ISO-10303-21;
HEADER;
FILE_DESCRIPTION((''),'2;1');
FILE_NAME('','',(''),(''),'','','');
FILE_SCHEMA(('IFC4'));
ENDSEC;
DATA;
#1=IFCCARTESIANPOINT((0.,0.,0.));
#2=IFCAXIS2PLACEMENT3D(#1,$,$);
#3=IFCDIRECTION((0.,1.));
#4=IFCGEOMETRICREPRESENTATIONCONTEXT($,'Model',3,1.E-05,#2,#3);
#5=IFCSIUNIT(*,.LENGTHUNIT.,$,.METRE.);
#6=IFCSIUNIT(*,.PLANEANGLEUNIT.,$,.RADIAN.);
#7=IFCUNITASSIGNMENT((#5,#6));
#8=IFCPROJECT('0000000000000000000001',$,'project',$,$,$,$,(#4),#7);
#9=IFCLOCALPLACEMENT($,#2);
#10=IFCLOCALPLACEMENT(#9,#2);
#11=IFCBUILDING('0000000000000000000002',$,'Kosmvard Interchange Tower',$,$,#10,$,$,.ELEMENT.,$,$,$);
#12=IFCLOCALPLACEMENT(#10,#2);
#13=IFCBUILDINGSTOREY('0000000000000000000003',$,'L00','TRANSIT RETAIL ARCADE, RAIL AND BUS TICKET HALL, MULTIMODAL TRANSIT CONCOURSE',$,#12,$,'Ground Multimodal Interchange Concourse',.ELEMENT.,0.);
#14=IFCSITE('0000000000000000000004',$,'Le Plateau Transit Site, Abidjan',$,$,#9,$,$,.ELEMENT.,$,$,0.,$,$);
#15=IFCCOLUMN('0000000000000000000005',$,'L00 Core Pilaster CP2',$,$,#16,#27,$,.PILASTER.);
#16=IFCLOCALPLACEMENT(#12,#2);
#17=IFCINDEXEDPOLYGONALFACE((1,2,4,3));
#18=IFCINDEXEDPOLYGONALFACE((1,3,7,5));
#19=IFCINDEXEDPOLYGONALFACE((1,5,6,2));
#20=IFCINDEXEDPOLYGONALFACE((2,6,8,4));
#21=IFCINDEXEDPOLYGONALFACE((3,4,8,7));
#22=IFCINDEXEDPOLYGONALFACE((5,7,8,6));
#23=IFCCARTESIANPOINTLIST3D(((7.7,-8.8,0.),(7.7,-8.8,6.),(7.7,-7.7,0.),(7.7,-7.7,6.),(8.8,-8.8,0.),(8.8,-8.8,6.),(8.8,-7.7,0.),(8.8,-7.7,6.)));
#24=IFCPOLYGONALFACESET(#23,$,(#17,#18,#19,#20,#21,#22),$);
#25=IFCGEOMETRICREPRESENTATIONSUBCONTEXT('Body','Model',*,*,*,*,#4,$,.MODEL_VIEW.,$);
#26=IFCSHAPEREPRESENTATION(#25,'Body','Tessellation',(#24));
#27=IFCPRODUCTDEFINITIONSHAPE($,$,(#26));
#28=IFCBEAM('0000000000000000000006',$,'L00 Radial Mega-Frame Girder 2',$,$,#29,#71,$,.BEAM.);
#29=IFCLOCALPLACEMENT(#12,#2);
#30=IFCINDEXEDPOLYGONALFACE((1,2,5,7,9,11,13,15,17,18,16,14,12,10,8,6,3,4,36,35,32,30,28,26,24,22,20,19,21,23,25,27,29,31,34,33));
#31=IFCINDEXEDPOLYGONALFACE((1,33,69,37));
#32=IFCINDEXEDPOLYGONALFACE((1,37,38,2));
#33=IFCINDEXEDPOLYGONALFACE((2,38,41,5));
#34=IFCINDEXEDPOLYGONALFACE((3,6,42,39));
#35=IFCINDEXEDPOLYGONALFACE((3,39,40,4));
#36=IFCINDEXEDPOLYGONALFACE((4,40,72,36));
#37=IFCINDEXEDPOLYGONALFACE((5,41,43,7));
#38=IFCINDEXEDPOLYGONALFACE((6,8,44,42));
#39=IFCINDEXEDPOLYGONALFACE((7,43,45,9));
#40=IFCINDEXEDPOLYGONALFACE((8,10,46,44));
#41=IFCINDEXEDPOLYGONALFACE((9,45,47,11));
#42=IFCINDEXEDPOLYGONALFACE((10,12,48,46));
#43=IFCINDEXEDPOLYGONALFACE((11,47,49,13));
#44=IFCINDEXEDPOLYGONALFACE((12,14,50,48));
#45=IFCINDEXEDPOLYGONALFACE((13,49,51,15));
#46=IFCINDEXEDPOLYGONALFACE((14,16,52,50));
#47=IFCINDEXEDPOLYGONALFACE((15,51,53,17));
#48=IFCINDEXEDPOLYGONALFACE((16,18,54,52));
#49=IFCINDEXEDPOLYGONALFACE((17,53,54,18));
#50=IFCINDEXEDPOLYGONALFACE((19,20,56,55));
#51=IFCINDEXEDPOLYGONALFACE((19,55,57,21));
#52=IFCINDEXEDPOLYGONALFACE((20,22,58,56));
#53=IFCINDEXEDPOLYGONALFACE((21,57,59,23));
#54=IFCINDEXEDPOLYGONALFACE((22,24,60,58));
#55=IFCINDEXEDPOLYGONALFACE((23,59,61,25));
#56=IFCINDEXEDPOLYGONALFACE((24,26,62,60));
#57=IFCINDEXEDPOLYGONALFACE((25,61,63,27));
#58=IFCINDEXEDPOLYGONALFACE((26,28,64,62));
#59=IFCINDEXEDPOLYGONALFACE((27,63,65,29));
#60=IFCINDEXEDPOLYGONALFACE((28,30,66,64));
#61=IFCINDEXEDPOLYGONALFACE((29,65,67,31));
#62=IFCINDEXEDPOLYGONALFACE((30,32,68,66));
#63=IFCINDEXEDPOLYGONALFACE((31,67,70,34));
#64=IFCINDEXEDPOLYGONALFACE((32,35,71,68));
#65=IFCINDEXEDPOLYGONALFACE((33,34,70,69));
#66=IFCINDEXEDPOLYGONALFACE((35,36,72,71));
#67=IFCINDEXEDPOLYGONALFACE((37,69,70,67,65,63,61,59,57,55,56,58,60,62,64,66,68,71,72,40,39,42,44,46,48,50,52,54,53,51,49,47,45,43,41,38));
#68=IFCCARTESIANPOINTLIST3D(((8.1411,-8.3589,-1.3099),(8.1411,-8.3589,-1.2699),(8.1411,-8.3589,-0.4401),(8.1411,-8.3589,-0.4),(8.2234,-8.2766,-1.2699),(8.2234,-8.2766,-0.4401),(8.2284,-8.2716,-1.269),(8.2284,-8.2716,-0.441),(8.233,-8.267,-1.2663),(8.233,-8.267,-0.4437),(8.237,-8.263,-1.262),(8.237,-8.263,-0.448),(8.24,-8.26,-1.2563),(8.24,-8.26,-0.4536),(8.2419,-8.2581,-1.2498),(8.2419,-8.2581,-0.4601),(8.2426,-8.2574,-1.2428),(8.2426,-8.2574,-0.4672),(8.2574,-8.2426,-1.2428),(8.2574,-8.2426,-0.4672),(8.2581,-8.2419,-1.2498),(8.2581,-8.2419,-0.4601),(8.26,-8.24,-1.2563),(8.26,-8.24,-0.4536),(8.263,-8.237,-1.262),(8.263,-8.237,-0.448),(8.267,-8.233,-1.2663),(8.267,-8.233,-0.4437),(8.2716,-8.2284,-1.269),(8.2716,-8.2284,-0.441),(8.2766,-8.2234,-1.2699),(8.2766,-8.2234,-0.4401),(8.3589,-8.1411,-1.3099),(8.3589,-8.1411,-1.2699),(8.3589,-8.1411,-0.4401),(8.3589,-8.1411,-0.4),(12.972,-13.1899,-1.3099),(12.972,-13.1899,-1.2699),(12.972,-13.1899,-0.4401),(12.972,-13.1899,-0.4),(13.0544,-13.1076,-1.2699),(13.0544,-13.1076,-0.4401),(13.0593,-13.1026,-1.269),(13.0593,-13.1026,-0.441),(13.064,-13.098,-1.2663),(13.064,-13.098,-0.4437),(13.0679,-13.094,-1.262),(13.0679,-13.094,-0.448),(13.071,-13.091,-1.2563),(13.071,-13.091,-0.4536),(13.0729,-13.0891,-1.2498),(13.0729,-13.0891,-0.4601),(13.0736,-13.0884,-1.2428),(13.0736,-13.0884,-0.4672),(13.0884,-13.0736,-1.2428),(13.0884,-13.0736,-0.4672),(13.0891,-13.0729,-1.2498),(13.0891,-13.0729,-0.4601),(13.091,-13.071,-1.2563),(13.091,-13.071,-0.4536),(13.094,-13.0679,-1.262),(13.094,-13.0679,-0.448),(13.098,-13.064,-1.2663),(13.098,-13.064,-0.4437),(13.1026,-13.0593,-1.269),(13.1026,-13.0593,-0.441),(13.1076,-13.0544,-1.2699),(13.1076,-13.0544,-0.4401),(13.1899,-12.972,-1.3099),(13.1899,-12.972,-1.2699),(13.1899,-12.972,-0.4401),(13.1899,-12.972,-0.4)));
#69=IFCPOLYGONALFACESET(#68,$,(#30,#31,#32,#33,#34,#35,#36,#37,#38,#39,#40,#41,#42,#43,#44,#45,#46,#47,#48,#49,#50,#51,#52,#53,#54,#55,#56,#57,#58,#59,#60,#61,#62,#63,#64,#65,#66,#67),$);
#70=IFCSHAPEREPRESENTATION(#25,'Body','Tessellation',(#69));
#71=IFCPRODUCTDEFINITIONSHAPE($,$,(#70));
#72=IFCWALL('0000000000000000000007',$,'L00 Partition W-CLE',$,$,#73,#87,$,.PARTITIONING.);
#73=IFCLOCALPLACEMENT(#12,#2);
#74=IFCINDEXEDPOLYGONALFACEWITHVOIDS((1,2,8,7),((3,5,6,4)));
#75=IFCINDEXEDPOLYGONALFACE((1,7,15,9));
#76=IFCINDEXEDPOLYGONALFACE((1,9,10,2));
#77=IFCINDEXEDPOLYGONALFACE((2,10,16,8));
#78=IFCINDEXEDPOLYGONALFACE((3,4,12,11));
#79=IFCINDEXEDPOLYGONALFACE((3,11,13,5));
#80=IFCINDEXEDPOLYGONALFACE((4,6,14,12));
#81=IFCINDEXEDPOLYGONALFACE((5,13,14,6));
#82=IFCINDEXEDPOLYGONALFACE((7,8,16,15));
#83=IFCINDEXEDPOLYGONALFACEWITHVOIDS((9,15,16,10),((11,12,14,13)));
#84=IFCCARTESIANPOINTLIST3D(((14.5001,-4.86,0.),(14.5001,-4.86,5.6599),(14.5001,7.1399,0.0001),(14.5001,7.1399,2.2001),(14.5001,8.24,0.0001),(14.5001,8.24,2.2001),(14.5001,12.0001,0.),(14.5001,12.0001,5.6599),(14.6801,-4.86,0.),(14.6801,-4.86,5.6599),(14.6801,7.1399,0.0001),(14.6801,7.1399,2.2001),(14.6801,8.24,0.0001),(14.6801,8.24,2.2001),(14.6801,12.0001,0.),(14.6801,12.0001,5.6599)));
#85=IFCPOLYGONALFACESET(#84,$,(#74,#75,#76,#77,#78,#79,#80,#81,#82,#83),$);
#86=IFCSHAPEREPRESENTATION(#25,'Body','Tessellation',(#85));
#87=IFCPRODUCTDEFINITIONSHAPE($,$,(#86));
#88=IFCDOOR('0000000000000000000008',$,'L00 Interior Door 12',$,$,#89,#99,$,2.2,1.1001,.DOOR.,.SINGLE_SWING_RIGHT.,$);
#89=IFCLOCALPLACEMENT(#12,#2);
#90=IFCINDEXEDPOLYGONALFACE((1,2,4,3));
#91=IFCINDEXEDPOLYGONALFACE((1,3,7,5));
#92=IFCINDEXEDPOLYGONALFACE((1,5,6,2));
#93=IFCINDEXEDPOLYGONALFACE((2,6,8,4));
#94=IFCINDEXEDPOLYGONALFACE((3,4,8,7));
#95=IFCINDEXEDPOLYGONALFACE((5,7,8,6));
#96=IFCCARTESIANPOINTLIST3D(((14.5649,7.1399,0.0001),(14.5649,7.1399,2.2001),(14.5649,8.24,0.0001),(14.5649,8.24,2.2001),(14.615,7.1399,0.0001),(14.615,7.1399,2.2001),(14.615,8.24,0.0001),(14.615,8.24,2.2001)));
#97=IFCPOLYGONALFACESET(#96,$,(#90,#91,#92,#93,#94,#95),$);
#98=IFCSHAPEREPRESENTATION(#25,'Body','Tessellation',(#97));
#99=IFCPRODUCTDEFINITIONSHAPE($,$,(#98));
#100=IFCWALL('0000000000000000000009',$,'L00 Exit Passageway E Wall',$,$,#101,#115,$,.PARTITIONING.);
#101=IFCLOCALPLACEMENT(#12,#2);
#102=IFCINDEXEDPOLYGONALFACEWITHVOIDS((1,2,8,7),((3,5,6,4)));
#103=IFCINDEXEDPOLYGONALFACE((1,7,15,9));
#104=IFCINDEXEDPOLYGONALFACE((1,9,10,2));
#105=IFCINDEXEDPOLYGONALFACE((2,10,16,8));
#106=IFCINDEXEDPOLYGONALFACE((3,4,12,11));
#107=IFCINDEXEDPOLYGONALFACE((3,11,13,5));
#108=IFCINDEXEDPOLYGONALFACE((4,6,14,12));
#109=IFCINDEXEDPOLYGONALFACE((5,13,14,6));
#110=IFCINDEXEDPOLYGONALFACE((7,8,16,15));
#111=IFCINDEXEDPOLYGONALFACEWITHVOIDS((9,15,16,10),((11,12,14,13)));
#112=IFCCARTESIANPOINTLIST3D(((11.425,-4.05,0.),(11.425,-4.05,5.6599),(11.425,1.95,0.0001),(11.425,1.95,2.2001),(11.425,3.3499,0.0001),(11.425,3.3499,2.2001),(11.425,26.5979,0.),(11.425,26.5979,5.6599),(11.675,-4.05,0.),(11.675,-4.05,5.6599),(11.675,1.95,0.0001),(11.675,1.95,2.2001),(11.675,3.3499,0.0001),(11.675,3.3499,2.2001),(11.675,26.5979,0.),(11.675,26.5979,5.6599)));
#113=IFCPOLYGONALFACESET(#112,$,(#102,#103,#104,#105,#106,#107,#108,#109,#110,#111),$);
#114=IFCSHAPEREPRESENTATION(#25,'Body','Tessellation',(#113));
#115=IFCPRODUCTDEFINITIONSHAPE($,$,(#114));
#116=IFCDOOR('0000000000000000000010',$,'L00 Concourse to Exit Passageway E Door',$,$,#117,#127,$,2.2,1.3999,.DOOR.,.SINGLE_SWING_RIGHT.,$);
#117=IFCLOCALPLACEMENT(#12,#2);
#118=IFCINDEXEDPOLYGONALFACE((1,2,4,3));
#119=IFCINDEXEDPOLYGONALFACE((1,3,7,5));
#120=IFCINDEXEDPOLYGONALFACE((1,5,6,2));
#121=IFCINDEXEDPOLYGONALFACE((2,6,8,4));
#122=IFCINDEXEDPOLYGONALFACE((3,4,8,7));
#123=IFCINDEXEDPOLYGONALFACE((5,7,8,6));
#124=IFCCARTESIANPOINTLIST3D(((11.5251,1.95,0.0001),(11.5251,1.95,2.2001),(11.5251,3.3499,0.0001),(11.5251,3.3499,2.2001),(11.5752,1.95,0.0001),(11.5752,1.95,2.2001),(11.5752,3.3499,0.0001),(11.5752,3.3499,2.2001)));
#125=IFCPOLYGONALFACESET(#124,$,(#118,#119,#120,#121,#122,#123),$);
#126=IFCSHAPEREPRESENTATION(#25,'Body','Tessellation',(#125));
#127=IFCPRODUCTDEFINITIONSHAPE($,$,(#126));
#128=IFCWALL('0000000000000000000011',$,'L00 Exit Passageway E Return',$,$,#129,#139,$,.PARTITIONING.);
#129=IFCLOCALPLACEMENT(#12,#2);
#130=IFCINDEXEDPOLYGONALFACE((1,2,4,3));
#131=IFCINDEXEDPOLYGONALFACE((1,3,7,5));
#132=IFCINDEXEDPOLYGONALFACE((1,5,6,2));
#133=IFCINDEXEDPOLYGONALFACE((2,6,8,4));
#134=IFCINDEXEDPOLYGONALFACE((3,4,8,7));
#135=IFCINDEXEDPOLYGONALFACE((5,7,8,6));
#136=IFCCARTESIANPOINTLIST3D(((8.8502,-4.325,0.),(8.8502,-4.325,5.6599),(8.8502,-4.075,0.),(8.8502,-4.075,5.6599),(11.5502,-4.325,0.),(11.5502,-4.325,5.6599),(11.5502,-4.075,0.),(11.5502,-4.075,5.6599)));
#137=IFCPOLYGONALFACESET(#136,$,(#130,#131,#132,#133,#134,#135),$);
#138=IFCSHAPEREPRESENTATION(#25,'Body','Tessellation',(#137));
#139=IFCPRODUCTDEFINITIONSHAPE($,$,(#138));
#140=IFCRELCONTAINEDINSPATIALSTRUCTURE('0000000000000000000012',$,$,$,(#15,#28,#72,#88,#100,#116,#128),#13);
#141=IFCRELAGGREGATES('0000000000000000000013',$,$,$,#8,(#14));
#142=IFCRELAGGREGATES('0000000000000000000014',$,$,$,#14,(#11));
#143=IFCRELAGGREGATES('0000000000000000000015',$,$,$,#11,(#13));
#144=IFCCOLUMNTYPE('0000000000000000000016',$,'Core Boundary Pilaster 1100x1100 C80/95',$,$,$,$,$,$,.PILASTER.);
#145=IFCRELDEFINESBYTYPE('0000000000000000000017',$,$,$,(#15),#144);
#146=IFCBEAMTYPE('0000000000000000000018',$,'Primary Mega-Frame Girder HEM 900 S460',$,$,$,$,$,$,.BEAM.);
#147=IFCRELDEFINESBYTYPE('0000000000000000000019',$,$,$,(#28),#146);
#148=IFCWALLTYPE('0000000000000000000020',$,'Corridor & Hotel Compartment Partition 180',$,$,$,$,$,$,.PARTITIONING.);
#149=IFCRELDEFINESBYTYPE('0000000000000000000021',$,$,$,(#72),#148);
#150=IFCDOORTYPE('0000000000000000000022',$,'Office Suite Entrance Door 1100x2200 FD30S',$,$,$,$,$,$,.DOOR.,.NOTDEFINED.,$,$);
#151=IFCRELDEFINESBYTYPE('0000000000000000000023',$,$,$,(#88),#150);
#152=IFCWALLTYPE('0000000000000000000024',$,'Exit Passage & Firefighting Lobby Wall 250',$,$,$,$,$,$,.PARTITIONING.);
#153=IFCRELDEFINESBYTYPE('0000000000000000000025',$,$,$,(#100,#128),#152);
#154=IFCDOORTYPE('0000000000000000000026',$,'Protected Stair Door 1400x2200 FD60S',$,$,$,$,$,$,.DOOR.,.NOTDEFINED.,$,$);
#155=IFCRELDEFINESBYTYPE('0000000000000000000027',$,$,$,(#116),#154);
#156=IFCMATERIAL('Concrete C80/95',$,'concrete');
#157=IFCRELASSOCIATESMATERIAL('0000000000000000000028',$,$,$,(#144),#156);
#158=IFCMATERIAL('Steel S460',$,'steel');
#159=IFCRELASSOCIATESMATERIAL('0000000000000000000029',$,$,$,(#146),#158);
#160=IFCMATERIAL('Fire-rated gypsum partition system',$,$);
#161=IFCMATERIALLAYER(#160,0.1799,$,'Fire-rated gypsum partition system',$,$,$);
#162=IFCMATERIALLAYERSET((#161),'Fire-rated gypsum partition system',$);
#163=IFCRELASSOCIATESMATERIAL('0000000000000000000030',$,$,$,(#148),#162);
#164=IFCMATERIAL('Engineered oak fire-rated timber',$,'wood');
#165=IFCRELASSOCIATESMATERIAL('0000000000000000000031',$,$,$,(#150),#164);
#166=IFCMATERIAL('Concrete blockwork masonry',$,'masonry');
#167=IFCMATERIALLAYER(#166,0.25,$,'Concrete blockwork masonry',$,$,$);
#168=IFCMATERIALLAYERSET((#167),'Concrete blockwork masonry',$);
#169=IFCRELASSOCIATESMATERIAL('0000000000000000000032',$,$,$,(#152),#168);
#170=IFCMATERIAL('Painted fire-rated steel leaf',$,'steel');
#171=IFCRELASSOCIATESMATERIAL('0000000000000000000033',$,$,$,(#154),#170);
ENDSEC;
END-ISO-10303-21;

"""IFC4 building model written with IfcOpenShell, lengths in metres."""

from ifc_helpers import new_model, si_unit, direction, frame, frame_2d, origin, origin_2d, place, context, subcontext, project, spatial, rectangle, i_section, extrude, source, transform, mapped, material, layer, layer_set, material_profile, profile_set, type_object, element, fill, save


model = new_model("IFC4")

# Units and contexts
model_context = context("Model", 3, precision=1e-05, world=origin(), true_north=direction((0.0, 1.0)))
body_context = subcontext(model_context, "Body", "Model", "MODEL_VIEW")
ifc_project = project(units=[si_unit("LENGTHUNIT", "METRE"), si_unit("PLANEANGLEUNIT", "RADIAN")], contexts=[model_context])

# Site, building, storey
site_placement = place(None, origin())
site = spatial("IfcSite", under=ifc_project, at=site_placement, Name="Le Plateau Transit Site, Abidjan", CompositionType="ELEMENT", RefElevation=0.0)
building_placement = place(site_placement, origin())
building = spatial("IfcBuilding", under=site, at=building_placement, Name="Kosmvard Interchange Tower", CompositionType="ELEMENT")
storey_placement = place(building_placement, origin())
storey = spatial("IfcBuildingStorey", under=building, at=storey_placement, Name="L00", Description="TRANSIT RETAIL ARCADE, RAIL AND BUS TICKET HALL, MULTIMODAL TRANSIT CONCOURSE", LongName="Ground Multimodal Interchange Concourse", CompositionType="ELEMENT", Elevation=0.0)

# Column
ifc_material_1 = material(Name="Concrete C80/95", Category="concrete")
ifc_material_profile_1 = material_profile(ifc_material_1, rectangle(XDim=1.1001, YDim=1.1001, at=origin_2d()), Name="CP 1100x1100")
ifc_profile_set_1 = profile_set([ifc_material_profile_1], Name="Concrete C80/95")
column_type = type_object("IfcColumnType", Name="Core Boundary Pilaster 1100x1100 C80/95", PredefinedType="PILASTER", material=ifc_profile_set_1)
shared_shape_1 = source(origin(), body_context, "Body", "SweptSolid", [
    extrude(rectangle(XDim=1.1001, YDim=1.1001, at=origin_2d()), origin(), (0.0, 0.0, 1.0), 6.0),
])
column_placement = place(storey_placement, frame((8.25, -8.25, 0.0), z_axis=(0.0, 0.0, 1.0), x_axis=(1.0, 0.0, 0.0)))
element("IfcColumn", 1, at=column_placement, inside=storey, type_object=column_type, Name="L00 Core Pilaster CP2", PredefinedType="PILASTER", context=body_context, shape_type="MappedRepresentation", body=[
    mapped(shared_shape_1, transform((0.0, 0.0, 0.0), scale=1.0)),
])

# Beam
ifc_material_2 = material(Name="Steel S460", Category="steel")
ifc_material_profile_2 = material_profile(ifc_material_2, i_section(OverallWidth=0.3081, OverallDepth=0.9099, WebThickness=0.021, FlangeThickness=0.04, FilletRadius=0.0271, at=origin_2d()), Name="HEM 900")
ifc_profile_set_2 = profile_set([ifc_material_profile_2], Name="Steel S460")
beam_type = type_object("IfcBeamType", Name="Primary Mega-Frame Girder HEM 900 S460", PredefinedType="BEAM", material=ifc_profile_set_2)
shared_shape_2 = source(origin(), body_context, "Body", "SweptSolid", [
    extrude(i_section(OverallWidth=0.3081, OverallDepth=0.9099, WebThickness=0.021, FlangeThickness=0.04, FilletRadius=0.0271, at=origin_2d()), origin(), (0.0, 0.0, 1.0), 6.832),
])
beam_placement = place(storey_placement, frame((8.25, -8.25, -0.855), z_axis=(0.707107, -0.707107, 0.0), x_axis=(0.707107, 0.707107, 0.0)))
element("IfcBeam", 2, at=beam_placement, inside=storey, type_object=beam_type, Name="L00 Radial Mega-Frame Girder 2", PredefinedType="BEAM", context=body_context, shape_type="MappedRepresentation", body=[
    mapped(shared_shape_2, transform((0.0, 0.0, 0.0), scale=1.0)),
])

# Walls, openings, doors
ifc_material_3 = material(Name="Fire-rated gypsum partition system")
ifc_layer_1 = layer(ifc_material_3, 0.1799, Name="Fire-rated gypsum partition system")
ifc_layer_set_1 = layer_set([ifc_layer_1], Name="Fire-rated gypsum partition system")
wall_type_1 = type_object("IfcWallType", Name="Corridor & Hotel Compartment Partition 180", PredefinedType="PARTITIONING", material=ifc_layer_set_1)
wall_1_placement = place(storey_placement, frame((14.5901, -4.8601, 0.0), z_axis=(0.0, 0.0, 1.0), x_axis=(0.0, 1.0, 0.0)))
wall_1 = element("IfcWall", 3, at=wall_1_placement, inside=storey, type_object=wall_type_1, Name="L00 Partition W-CLE", PredefinedType="PARTITIONING", context=body_context, shape_type="SweptSolid", body=[
    extrude(rectangle(XDim=16.8601, YDim=0.1799, at=frame_2d((8.4302, 0.0))), origin(), (0.0, 0.0, 1.0), 5.6599),
])
opening_1_placement = place(wall_1_placement, frame((12.0, 0.0, 0.0)))
opening_1 = element("IfcOpeningElement", 4, at=opening_1_placement, cuts=wall_1, PredefinedType="OPENING", context=body_context, shape_type="SweptSolid", body=[
    extrude(rectangle(XDim=1.1001, YDim=2.2, at=frame_2d((0.55, 1.1001))), frame((0.0, 0.1001, 0.0), z_axis=(0.0, -1.0, 0.0), x_axis=(1.0, 0.0, 0.0)), (0.0, 0.0, 1.0), 0.2),
])
ifc_material_4 = material(Name="Engineered oak fire-rated timber", Category="wood")
door_type_1 = type_object("IfcDoorType", Name="Office Suite Entrance Door 1100x2200 FD30S", OperationType="NOTDEFINED", PredefinedType="DOOR", material=ifc_material_4)
shared_shape_3 = source(origin(), body_context, "Body", "SweptSolid", [
    extrude(rectangle(XDim=1.1001, YDim=2.2, at=frame_2d((0.55, 1.1001))), frame((0.0, 0.0249, 0.0), z_axis=(0.0, -1.0, 0.0), x_axis=(1.0, 0.0, 0.0)), (0.0, 0.0, 1.0), 0.05),
])
door_1_placement = place(opening_1_placement, frame((1.1001, 0.0, 0.0), z_axis=(0.0, 0.0, 1.0), x_axis=(-1.0, 0.0, 0.0)))
door_1 = element("IfcDoor", 5, at=door_1_placement, inside=storey, type_object=door_type_1, Name="L00 Interior Door 12", OperationType="SINGLE_SWING_RIGHT", OverallHeight=2.2, OverallWidth=1.1001, PredefinedType="DOOR", context=body_context, shape_type="MappedRepresentation", body=[
    mapped(shared_shape_3, transform((0.0, 0.0, 0.0), scale=1.0)),
])
fill(opening_1, door_1)
ifc_material_5 = material(Name="Concrete blockwork masonry", Category="masonry")
ifc_layer_2 = layer(ifc_material_5, 0.25, Name="Concrete blockwork masonry")
ifc_layer_set_2 = layer_set([ifc_layer_2], Name="Concrete blockwork masonry")
wall_type_2 = type_object("IfcWallType", Name="Exit Passage & Firefighting Lobby Wall 250", PredefinedType="PARTITIONING", material=ifc_layer_set_2)
wall_2_placement = place(storey_placement, frame((11.55, -4.05, 0.0), z_axis=(0.0, 0.0, 1.0), x_axis=(0.0, 1.0, 0.0)))
wall_2 = element("IfcWall", 6, at=wall_2_placement, inside=storey, type_object=wall_type_2, Name="L00 Exit Passageway E Wall", PredefinedType="PARTITIONING", context=body_context, shape_type="SweptSolid", body=[
    extrude(rectangle(XDim=30.6479, YDim=0.25, at=frame_2d((15.324, 0.0))), origin(), (0.0, 0.0, 1.0), 5.6599),
])
opening_2_placement = place(wall_2_placement, frame((6.0, 0.0, 0.0)))
opening_2 = element("IfcOpeningElement", 7, at=opening_2_placement, cuts=wall_2, PredefinedType="OPENING", context=body_context, shape_type="SweptSolid", body=[
    extrude(rectangle(XDim=1.3999, YDim=2.2, at=frame_2d((0.7, 1.1001))), frame((0.0, 0.135, 0.0), z_axis=(0.0, -1.0, 0.0), x_axis=(1.0, 0.0, 0.0)), (0.0, 0.0, 1.0), 0.27),
])
ifc_material_6 = material(Name="Painted fire-rated steel leaf", Category="steel")
door_type_2 = type_object("IfcDoorType", Name="Protected Stair Door 1400x2200 FD60S", OperationType="NOTDEFINED", PredefinedType="DOOR", material=ifc_material_6)
shared_shape_4 = source(origin(), body_context, "Body", "SweptSolid", [
    extrude(rectangle(XDim=1.3999, YDim=2.2, at=frame_2d((0.7, 1.1001))), frame((0.0, 0.0249, 0.0), z_axis=(0.0, -1.0, 0.0), x_axis=(1.0, 0.0, 0.0)), (0.0, 0.0, 1.0), 0.05),
])
door_2_placement = place(opening_2_placement, origin())
door_2 = element("IfcDoor", 8, at=door_2_placement, inside=storey, type_object=door_type_2, Name="L00 Concourse to Exit Passageway E Door", OperationType="SINGLE_SWING_RIGHT", OverallHeight=2.2, OverallWidth=1.3999, PredefinedType="DOOR", context=body_context, shape_type="MappedRepresentation", body=[
    mapped(shared_shape_4, transform((0.0, 0.0, 0.0), scale=1.0)),
])
fill(opening_2, door_2)

# Wall
wall_3_placement = place(storey_placement, frame((8.8501, -4.2, 0.0), z_axis=(0.0, 0.0, 1.0), x_axis=(1.0, 0.0, 0.0)))
element("IfcWall", 9, at=wall_3_placement, inside=storey, type_object=wall_type_2, Name="L00 Exit Passageway E Return", PredefinedType="PARTITIONING", context=body_context, shape_type="SweptSolid", body=[
    extrude(rectangle(XDim=2.7, YDim=0.25, at=frame_2d((1.3501, 0.0))), origin(), (0.0, 0.0, 1.0), 5.6599),
])

save(model, "model.ifc")
